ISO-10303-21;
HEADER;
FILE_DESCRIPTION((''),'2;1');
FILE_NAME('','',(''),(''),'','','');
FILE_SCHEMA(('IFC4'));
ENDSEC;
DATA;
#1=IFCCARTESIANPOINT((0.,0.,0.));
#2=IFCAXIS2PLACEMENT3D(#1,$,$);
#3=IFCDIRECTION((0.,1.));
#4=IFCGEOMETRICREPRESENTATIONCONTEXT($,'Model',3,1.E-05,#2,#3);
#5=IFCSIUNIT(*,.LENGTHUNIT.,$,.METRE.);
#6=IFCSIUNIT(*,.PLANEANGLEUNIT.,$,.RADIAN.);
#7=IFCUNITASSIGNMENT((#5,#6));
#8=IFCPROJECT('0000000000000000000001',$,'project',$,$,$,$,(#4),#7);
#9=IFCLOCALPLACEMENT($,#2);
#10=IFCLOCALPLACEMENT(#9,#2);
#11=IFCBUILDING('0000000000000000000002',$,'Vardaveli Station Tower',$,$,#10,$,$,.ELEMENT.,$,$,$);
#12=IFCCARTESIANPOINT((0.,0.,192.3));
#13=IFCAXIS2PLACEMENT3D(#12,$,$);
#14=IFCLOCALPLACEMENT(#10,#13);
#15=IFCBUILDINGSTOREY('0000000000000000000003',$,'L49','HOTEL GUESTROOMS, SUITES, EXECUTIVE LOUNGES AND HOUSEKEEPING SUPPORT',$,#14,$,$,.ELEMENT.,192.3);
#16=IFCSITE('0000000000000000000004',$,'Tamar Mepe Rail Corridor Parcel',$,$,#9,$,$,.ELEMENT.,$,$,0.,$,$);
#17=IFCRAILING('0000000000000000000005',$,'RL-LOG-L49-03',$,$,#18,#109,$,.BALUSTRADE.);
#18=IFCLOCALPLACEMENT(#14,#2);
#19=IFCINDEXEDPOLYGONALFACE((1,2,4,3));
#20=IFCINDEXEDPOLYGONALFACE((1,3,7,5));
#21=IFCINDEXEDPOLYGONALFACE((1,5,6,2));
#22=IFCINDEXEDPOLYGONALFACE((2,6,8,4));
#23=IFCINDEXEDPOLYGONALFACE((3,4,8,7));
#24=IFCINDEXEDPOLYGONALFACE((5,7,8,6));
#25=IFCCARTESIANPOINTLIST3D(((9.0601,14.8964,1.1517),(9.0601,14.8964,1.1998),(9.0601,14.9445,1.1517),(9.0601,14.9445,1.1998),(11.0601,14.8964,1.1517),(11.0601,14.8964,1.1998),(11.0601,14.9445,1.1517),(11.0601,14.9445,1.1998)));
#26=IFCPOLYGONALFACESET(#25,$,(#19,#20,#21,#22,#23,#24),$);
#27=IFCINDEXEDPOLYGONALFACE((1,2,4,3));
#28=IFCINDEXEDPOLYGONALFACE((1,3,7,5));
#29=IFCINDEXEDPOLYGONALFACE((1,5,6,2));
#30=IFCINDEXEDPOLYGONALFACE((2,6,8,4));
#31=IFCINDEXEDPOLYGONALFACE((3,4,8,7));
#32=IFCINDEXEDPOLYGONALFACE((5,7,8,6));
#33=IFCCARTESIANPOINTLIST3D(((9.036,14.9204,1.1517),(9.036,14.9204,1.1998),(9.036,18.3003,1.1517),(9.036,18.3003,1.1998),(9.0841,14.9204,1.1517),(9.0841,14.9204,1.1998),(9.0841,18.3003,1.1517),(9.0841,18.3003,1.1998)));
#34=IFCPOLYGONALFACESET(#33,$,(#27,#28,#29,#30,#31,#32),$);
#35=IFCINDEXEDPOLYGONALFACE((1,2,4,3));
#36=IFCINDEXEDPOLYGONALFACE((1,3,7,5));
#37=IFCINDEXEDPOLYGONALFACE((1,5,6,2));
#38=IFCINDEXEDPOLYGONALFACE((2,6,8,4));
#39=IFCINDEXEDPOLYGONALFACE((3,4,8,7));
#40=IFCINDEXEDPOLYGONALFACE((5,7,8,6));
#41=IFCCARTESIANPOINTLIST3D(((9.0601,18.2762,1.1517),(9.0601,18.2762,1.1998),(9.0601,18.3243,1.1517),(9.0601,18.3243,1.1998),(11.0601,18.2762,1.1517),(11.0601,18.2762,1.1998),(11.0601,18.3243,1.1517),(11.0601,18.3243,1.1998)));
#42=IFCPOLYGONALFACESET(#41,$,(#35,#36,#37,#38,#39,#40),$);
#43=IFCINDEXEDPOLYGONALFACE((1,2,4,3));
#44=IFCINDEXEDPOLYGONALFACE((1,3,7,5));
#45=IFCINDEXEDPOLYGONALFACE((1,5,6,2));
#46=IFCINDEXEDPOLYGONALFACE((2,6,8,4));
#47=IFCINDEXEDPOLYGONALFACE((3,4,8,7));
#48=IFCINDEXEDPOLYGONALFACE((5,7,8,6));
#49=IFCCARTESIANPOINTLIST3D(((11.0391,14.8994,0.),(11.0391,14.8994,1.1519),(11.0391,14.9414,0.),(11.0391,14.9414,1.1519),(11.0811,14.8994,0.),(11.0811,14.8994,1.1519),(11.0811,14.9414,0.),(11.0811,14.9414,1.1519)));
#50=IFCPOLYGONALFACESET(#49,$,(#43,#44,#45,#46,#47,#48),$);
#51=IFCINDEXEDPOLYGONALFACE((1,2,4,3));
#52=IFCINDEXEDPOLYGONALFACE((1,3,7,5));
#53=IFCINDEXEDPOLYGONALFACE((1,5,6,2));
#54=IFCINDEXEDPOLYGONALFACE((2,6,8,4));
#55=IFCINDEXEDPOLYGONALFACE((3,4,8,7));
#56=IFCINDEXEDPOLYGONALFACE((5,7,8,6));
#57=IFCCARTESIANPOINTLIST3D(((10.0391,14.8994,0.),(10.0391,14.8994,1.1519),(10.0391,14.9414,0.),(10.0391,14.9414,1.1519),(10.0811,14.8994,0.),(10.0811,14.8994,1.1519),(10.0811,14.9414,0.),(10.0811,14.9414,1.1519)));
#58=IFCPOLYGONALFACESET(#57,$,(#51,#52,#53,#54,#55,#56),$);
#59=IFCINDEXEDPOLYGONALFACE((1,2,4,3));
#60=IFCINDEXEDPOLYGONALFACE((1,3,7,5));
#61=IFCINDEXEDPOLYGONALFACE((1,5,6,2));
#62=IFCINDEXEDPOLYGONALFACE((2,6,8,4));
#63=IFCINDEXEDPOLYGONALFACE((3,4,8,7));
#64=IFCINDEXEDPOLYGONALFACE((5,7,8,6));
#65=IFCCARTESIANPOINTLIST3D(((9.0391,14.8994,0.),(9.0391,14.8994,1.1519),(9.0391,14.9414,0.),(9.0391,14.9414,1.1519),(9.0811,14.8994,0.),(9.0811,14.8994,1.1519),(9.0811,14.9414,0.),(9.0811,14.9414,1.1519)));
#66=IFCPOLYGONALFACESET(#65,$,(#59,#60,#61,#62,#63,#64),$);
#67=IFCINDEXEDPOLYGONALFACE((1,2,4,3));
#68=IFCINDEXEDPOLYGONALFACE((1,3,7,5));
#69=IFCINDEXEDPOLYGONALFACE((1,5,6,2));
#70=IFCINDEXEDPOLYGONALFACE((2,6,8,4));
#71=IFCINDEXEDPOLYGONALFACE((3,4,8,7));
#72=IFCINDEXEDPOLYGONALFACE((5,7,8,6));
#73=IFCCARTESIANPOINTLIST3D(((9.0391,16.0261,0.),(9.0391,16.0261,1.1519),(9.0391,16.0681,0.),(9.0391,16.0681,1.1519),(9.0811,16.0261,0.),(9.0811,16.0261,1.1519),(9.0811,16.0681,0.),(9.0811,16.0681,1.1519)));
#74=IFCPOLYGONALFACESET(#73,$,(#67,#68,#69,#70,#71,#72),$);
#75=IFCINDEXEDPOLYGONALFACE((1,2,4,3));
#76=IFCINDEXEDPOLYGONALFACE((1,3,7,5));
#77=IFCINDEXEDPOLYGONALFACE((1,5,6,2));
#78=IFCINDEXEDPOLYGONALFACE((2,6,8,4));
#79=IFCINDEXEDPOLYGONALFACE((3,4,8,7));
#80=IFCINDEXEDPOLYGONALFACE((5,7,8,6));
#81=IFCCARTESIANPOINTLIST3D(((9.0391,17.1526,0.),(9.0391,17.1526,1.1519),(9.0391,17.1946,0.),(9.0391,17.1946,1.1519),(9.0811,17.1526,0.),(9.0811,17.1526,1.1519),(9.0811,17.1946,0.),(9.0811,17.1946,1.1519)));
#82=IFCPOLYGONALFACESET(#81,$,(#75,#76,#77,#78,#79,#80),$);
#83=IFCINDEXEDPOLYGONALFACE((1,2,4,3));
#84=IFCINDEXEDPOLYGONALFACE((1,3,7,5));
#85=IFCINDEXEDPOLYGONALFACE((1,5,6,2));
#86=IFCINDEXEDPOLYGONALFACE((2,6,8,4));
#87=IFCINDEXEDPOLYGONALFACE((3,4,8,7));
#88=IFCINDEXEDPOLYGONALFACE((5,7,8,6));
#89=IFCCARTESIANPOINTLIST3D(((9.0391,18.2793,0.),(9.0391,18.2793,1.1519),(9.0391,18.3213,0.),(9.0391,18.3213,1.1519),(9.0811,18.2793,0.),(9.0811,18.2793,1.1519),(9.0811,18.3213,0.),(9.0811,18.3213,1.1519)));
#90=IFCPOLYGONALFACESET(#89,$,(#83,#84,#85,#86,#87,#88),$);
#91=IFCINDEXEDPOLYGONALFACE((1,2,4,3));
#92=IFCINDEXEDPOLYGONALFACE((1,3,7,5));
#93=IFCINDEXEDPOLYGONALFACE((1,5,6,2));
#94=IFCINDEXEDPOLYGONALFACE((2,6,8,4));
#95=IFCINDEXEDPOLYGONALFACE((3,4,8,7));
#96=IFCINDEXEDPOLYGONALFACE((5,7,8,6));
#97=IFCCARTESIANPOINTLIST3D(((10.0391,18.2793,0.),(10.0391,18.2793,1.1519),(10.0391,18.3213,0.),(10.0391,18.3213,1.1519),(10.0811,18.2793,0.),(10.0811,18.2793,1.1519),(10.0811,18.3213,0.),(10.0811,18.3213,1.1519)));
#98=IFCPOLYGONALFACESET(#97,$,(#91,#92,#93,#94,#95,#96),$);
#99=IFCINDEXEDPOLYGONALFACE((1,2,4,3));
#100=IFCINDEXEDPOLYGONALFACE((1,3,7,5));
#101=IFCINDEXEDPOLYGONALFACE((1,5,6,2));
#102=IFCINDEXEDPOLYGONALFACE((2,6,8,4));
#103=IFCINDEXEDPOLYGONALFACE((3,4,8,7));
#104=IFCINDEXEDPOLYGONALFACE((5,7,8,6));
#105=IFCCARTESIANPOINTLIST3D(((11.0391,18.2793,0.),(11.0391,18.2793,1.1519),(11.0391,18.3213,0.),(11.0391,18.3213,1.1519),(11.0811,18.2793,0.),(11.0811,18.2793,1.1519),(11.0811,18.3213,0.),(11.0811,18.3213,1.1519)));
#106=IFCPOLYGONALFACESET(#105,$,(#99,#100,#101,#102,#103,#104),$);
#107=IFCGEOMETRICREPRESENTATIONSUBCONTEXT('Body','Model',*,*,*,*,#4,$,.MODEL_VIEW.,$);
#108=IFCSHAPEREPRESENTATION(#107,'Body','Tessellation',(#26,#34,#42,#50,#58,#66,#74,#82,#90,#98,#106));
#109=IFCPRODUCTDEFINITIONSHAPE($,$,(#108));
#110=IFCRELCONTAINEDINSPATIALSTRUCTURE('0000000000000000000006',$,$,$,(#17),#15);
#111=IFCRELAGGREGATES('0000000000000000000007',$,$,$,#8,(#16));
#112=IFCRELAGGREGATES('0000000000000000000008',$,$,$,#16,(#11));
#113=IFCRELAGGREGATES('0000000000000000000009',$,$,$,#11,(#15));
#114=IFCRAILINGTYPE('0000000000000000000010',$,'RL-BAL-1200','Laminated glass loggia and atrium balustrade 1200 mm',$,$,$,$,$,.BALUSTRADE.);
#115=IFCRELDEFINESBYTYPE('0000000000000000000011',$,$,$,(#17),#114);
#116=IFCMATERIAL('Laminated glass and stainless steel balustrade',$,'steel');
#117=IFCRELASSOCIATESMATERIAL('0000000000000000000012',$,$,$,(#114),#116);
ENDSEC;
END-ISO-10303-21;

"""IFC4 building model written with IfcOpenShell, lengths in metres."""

from ifc_helpers import new_model, si_unit, direction, frame, origin, origin_2d, place, context, subcontext, project, spatial, rectangle, extrude, source, transform, mapped, material, type_object, element, save


model = new_model("IFC4")

# Units and contexts
model_context = context("Model", 3, precision=1e-05, world=origin(), true_north=direction((0.0, 1.0)))
body_context = subcontext(model_context, "Body", "Model", "MODEL_VIEW")
ifc_project = project(units=[si_unit("LENGTHUNIT", "METRE"), si_unit("PLANEANGLEUNIT", "RADIAN")], contexts=[model_context])

# Site, building, storey
site_placement = place(None, origin())
site = spatial("IfcSite", under=ifc_project, at=site_placement, Name="Tamar Mepe Rail Corridor Parcel", CompositionType="ELEMENT", RefElevation=0.0)
building_placement = place(site_placement, origin())
building = spatial("IfcBuilding", under=site, at=building_placement, Name="Vardaveli Station Tower", CompositionType="ELEMENT")
storey_placement = place(building_placement, frame((0.0, 0.0, 192.3)))
storey = spatial("IfcBuildingStorey", under=building, at=storey_placement, Name="L49", Description="HOTEL GUESTROOMS, SUITES, EXECUTIVE LOUNGES AND HOUSEKEEPING SUPPORT", CompositionType="ELEMENT", Elevation=192.3)

# Railing
ifc_material_1 = material(Name="Laminated glass and stainless steel balustrade", Category="steel")
railing_type = type_object("IfcRailingType", Name="RL-BAL-1200", Description="Laminated glass loggia and atrium balustrade 1200 mm", PredefinedType="BALUSTRADE", material=ifc_material_1)
shared_shape_1 = source(origin(), body_context, "Body", "SweptSolid", [
    extrude(rectangle(XDim=0.0481, YDim=0.0481, at=origin_2d()), frame((0.0, 0.0, 1.1758), z_axis=(-1.0, 0.0, 0.0), x_axis=(0.0, -1.0, 0.0)), (0.0, 0.0, 1.0), 2.0),
    extrude(rectangle(XDim=0.0481, YDim=0.0481, at=origin_2d()), frame((-2.0, 0.0, 1.1758), z_axis=(0.0, 1.0, 0.0), x_axis=(-1.0, 0.0, 0.0)), (0.0, 0.0, 1.0), 3.3799),
    extrude(rectangle(XDim=0.0481, YDim=0.0481, at=origin_2d()), frame((-2.0, 3.3799, 1.1758), z_axis=(1.0, 0.0, 0.0), x_axis=(0.0, 1.0, 0.0)), (0.0, 0.0, 1.0), 2.0),
    extrude(rectangle(XDim=0.042, YDim=0.042, at=origin_2d()), origin(), (0.0, 0.0, 1.0), 1.1519),
    extrude(rectangle(XDim=0.042, YDim=0.042, at=origin_2d()), frame((-1.0, 0.0, 0.0)), (0.0, 0.0, 1.0), 1.1519),
    extrude(rectangle(XDim=0.042, YDim=0.042, at=origin_2d()), frame((-2.0, 0.0, 0.0)), (0.0, 0.0, 1.0), 1.1519),
    extrude(rectangle(XDim=0.042, YDim=0.042, at=origin_2d()), frame((-2.0, 1.1267, 0.0)), (0.0, 0.0, 1.0), 1.1519),
    extrude(rectangle(XDim=0.042, YDim=0.042, at=origin_2d()), frame((-2.0, 2.2532, 0.0)), (0.0, 0.0, 1.0), 1.1519),
    extrude(rectangle(XDim=0.042, YDim=0.042, at=origin_2d()), frame((-2.0, 3.3799, 0.0)), (0.0, 0.0, 1.0), 1.1519),
    extrude(rectangle(XDim=0.042, YDim=0.042, at=origin_2d()), frame((-1.0, 3.3799, 0.0)), (0.0, 0.0, 1.0), 1.1519),
    extrude(rectangle(XDim=0.042, YDim=0.042, at=origin_2d()), frame((0.0, 3.3799, 0.0)), (0.0, 0.0, 1.0), 1.1519),
])
railing_placement = place(storey_placement, frame((11.0601, 14.9204, 0.0)))
element("IfcRailing", 1, at=railing_placement, inside=storey, type_object=railing_type, Name="RL-LOG-L49-03", PredefinedType="BALUSTRADE", context=body_context, shape_type="MappedRepresentation", body=[
    mapped(shared_shape_1, transform((0.0, 0.0, 0.0), scale=1.0)),
])

save(model, "model.ifc")
